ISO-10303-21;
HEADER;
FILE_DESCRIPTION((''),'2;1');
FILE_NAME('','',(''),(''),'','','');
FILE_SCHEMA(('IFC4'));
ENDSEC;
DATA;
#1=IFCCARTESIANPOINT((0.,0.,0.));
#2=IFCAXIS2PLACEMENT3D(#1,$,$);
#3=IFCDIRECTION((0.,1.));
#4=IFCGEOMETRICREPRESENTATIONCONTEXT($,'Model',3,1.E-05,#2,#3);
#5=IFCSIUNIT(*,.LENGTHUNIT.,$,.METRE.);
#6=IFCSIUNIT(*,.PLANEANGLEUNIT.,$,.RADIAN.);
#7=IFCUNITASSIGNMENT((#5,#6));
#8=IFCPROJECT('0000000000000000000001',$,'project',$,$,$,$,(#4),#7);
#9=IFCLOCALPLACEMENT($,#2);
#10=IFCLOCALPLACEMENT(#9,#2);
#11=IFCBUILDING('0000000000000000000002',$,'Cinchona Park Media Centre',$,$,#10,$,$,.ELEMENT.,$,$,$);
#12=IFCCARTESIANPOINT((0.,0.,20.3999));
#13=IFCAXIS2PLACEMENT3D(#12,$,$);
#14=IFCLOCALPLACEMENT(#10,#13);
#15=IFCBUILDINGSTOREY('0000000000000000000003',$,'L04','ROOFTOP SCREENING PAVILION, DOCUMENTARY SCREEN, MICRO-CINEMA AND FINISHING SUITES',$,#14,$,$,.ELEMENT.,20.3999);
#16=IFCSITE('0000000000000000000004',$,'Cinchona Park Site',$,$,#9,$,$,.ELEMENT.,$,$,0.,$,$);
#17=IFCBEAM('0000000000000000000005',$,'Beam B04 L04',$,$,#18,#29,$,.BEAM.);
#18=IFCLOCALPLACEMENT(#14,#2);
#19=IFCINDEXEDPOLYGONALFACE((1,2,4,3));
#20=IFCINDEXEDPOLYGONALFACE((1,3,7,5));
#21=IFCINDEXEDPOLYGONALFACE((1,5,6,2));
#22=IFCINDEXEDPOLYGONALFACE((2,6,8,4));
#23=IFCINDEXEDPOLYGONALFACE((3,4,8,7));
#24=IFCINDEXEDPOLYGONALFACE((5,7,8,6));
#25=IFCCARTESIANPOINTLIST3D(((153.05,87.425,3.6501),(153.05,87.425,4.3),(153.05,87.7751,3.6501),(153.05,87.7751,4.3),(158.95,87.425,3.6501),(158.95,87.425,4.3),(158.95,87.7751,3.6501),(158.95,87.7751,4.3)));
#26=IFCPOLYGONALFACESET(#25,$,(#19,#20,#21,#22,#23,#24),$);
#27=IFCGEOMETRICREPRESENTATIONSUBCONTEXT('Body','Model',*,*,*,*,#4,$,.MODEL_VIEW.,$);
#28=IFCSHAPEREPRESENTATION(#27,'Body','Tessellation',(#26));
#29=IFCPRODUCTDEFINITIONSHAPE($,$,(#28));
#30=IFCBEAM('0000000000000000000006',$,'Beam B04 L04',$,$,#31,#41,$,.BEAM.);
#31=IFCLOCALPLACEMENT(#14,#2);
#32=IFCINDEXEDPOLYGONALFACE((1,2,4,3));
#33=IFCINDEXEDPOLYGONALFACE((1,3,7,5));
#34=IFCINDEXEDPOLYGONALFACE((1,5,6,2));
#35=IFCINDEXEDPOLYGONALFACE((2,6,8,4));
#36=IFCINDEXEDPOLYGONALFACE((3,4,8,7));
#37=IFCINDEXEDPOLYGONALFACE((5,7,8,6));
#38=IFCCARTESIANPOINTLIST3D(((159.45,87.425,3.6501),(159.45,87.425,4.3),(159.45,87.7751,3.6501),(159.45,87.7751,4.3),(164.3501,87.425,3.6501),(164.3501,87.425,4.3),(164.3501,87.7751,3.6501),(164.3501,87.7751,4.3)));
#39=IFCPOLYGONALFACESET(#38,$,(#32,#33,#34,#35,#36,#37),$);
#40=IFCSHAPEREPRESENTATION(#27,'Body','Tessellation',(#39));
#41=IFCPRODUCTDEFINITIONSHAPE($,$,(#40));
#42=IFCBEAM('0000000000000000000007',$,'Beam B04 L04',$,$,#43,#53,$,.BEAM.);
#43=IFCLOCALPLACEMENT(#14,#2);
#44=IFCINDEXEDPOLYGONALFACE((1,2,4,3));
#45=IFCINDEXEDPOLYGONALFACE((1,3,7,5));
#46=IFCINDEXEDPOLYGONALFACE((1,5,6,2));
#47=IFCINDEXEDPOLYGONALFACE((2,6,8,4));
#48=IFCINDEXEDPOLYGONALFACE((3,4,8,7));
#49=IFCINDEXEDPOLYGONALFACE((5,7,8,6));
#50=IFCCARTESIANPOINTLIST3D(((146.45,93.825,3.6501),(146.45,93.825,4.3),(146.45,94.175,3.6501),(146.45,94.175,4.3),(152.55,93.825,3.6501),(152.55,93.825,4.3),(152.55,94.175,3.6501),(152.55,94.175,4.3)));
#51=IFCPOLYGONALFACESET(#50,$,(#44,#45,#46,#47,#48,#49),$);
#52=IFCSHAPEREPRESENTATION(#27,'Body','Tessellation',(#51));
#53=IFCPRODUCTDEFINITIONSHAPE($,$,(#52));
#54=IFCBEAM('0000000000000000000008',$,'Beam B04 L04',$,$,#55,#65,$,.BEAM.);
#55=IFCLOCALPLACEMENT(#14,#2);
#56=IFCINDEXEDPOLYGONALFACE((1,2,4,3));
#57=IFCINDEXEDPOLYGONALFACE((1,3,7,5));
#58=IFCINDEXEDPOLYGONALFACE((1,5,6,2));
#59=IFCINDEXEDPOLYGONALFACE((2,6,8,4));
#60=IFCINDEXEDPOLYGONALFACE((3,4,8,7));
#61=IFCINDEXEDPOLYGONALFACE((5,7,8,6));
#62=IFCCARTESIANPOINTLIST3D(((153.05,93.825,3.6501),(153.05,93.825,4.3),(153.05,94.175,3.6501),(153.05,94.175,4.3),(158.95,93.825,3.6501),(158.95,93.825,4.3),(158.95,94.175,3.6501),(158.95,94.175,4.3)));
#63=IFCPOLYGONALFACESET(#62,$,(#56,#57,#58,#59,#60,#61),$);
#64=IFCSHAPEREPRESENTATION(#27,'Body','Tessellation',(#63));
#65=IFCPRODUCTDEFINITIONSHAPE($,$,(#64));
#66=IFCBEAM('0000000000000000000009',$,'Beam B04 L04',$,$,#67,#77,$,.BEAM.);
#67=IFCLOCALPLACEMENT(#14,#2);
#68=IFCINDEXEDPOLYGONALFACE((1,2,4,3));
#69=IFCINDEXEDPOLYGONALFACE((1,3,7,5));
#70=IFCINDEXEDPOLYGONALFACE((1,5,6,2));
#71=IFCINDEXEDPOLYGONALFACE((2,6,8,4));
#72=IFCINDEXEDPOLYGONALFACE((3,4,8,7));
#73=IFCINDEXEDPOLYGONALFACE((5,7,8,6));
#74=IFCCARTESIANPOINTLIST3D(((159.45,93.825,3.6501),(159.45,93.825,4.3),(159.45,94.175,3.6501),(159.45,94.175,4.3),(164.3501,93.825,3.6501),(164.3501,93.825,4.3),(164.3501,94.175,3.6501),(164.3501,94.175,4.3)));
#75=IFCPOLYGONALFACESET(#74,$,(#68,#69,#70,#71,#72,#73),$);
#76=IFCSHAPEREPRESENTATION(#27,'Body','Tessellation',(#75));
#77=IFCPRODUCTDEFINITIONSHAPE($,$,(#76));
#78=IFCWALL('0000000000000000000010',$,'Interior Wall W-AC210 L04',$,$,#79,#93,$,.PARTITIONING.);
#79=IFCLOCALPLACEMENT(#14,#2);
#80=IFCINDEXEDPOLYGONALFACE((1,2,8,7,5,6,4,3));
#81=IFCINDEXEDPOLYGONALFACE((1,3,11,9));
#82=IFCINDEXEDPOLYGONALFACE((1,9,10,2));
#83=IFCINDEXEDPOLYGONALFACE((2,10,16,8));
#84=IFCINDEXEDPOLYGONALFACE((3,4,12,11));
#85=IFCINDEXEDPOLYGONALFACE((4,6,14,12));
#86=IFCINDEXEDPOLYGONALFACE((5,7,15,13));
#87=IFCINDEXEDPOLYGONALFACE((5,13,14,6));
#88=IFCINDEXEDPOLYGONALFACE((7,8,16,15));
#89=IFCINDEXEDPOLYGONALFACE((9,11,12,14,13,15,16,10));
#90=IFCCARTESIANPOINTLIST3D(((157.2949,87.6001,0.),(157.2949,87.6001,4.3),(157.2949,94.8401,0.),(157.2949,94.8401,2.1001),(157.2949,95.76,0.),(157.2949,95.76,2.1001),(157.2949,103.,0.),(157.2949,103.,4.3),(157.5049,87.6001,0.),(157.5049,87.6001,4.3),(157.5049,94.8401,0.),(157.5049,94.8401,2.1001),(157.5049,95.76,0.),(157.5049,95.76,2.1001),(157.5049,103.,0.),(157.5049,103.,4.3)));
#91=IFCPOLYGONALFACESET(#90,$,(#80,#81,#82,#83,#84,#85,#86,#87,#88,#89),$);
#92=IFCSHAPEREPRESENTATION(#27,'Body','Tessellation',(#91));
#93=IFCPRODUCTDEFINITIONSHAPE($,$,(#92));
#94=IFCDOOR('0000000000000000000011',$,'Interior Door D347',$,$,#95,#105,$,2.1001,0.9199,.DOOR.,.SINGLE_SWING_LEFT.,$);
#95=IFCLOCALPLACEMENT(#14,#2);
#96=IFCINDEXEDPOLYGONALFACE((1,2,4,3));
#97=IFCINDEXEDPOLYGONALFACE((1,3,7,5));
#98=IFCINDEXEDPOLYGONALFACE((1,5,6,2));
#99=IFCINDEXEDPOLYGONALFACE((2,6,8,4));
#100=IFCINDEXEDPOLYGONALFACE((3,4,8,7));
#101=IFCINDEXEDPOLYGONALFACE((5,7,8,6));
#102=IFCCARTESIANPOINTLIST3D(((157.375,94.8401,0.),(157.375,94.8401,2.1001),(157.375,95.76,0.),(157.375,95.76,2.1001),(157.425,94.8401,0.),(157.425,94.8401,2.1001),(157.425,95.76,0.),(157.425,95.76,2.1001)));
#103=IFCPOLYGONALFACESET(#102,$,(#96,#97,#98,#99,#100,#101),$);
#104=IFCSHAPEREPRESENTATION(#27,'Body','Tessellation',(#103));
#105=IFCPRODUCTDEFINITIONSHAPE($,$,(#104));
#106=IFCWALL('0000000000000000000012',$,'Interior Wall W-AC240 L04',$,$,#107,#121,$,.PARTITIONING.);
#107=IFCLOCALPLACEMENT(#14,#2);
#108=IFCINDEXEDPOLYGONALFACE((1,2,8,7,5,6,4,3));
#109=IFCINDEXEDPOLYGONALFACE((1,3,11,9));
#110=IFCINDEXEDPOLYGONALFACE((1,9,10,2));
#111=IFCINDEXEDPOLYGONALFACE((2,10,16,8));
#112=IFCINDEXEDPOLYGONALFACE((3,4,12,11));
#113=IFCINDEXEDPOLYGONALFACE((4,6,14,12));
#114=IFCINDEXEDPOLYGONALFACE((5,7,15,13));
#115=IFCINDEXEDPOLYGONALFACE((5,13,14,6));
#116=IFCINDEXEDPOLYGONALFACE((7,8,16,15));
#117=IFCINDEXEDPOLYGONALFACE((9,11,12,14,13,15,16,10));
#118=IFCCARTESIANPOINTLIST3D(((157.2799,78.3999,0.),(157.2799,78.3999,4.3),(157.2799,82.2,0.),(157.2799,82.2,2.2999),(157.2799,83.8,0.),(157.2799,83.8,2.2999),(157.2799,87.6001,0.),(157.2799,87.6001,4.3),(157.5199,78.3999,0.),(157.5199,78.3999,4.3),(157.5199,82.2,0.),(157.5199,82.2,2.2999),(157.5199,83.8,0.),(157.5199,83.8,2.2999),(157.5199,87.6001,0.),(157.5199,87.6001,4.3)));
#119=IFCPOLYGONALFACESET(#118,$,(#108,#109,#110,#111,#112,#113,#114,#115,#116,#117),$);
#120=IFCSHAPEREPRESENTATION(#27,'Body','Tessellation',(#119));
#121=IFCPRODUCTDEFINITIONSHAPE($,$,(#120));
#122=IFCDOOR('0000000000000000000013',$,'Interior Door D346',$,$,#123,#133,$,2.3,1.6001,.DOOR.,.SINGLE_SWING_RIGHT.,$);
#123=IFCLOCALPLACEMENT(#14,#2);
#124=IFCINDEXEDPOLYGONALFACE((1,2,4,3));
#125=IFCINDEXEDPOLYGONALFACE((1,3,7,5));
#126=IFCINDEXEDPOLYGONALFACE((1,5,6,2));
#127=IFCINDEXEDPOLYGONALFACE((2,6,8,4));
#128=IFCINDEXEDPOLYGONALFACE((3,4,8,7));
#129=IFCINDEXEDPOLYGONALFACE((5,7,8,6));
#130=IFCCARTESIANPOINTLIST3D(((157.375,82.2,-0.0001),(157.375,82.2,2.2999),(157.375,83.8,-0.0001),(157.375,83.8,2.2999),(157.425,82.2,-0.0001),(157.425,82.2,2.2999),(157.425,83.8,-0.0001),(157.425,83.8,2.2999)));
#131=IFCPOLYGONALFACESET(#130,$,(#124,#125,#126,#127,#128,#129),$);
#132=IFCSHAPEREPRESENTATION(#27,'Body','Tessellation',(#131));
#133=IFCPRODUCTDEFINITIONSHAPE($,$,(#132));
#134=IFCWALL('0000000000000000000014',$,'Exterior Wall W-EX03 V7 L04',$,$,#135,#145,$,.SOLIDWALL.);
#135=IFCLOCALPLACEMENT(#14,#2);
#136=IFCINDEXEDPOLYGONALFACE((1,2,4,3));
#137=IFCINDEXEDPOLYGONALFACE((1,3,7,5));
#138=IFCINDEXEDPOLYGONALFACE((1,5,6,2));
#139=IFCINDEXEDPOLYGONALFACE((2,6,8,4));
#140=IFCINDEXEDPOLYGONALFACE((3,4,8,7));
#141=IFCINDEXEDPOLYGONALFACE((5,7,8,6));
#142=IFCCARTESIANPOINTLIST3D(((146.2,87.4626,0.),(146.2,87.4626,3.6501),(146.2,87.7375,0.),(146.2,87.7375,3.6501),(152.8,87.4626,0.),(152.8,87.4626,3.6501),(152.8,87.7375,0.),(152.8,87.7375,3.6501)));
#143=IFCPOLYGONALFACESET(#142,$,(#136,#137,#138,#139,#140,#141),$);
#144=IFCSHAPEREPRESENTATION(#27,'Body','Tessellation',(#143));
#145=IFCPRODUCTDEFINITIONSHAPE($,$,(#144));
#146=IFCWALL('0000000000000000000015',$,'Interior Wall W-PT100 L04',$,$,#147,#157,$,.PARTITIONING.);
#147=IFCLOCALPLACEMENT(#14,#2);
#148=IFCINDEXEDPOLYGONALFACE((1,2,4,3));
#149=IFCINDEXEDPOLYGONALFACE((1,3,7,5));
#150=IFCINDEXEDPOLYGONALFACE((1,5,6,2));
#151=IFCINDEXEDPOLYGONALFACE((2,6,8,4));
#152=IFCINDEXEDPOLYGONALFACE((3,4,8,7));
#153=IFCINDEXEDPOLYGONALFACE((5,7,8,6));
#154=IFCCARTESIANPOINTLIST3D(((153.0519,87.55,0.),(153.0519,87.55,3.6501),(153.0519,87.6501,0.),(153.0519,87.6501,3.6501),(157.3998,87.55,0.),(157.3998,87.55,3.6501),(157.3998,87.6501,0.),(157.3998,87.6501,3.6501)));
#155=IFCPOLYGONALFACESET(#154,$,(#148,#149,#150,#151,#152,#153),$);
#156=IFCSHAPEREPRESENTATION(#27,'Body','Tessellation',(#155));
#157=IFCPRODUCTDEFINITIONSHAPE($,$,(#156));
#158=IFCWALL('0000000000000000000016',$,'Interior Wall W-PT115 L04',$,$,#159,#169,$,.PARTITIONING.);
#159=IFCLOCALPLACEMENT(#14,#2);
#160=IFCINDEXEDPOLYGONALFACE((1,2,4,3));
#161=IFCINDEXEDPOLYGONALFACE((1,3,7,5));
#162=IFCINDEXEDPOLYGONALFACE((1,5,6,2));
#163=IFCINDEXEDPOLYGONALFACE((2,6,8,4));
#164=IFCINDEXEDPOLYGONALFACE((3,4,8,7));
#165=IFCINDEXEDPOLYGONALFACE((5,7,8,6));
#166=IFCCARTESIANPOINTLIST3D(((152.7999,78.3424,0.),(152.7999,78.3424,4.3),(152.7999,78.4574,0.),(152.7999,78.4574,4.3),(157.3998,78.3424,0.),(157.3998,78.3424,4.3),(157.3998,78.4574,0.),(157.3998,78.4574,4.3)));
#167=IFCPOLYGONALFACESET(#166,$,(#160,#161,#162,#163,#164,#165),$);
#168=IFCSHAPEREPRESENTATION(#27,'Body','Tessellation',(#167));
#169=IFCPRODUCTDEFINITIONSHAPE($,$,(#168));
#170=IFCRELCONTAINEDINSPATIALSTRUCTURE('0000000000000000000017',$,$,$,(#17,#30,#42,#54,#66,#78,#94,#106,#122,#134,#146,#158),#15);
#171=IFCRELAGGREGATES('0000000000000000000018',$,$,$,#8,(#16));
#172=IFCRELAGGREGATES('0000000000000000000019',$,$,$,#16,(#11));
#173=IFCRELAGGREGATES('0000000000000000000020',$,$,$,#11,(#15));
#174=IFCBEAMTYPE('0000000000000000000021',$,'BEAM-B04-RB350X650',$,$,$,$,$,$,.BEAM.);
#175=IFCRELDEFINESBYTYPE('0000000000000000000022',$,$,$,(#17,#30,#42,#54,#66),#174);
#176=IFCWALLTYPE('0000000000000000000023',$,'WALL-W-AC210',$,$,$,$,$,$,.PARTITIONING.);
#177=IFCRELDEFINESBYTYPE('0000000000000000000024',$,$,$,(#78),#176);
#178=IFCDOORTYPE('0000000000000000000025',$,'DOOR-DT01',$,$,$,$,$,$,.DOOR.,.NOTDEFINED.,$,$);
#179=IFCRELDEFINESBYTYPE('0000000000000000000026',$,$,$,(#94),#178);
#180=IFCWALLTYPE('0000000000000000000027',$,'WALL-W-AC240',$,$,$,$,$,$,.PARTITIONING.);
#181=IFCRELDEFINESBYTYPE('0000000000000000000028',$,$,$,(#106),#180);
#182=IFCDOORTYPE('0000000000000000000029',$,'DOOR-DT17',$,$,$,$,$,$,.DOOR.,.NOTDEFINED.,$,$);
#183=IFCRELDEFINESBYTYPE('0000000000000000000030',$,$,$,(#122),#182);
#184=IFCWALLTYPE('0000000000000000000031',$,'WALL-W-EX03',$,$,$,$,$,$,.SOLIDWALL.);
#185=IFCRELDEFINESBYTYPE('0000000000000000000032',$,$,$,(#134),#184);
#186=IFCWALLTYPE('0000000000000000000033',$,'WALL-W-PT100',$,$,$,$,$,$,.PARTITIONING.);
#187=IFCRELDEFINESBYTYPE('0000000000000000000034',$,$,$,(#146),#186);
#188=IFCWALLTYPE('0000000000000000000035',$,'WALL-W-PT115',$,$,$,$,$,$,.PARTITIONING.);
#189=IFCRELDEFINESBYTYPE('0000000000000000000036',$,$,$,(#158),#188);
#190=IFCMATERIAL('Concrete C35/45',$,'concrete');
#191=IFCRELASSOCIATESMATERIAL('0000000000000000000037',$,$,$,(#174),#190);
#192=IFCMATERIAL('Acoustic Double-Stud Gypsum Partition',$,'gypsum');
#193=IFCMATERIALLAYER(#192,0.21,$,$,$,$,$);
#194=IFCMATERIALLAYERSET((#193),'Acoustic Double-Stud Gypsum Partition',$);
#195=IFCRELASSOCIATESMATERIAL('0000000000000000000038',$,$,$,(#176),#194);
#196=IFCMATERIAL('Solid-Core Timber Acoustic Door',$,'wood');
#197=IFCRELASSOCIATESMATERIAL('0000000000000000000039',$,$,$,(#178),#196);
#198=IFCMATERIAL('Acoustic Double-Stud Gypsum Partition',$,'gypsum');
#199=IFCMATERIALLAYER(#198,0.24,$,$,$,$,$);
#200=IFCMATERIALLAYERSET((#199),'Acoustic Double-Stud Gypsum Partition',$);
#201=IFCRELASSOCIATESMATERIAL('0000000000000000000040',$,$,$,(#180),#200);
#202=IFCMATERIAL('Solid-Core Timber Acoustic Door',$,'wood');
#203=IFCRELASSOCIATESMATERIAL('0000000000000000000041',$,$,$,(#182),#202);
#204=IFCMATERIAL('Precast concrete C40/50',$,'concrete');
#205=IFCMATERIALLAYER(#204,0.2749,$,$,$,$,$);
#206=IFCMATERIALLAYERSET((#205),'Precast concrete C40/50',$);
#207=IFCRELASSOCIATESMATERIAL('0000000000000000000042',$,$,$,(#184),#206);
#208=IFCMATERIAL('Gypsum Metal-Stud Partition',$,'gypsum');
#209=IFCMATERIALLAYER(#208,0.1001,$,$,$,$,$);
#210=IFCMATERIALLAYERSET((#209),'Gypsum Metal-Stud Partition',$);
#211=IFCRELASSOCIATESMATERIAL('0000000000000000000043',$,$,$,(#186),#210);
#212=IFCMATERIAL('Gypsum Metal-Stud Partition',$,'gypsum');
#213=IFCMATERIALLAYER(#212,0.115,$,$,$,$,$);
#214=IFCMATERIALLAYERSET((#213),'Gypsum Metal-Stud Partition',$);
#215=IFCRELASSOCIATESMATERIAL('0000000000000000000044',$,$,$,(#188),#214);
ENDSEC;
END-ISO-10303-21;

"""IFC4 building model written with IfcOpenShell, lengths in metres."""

from ifc_helpers import new_model, si_unit, direction, frame, frame_2d, origin, origin_2d, place, context, subcontext, project, spatial, rectangle, extrude, material, layer, layer_set, material_profile, profile_set, type_object, element, fill, save


model = new_model("IFC4")

# Units and contexts
model_context = context("Model", 3, precision=1e-05, world=origin(), true_north=direction((0.0, 1.0)))
body_context = subcontext(model_context, "Body", "Model", "MODEL_VIEW")
ifc_project = project(units=[si_unit("LENGTHUNIT", "METRE"), si_unit("PLANEANGLEUNIT", "RADIAN")], contexts=[model_context])

# Site, building, storey
site_placement = place(None, origin())
site = spatial("IfcSite", under=ifc_project, at=site_placement, Name="Cinchona Park Site", CompositionType="ELEMENT", RefElevation=0.0)
building_placement = place(site_placement, origin())
building = spatial("IfcBuilding", under=site, at=building_placement, Name="Cinchona Park Media Centre", CompositionType="ELEMENT")
storey_placement = place(building_placement, frame((0.0, 0.0, 20.3999)))
storey = spatial("IfcBuildingStorey", under=building, at=storey_placement, Name="L04", Description="ROOFTOP SCREENING PAVILION, DOCUMENTARY SCREEN, MICRO-CINEMA AND FINISHING SUITES", CompositionType="ELEMENT", Elevation=20.3999)

# Beams
ifc_material_1 = material(Name="Concrete C35/45", Category="concrete")
ifc_material_profile_1 = material_profile(ifc_material_1, rectangle(XDim=0.3501, YDim=0.6499, at=origin_2d()), Name="RB 350X650")
ifc_profile_set_1 = profile_set([ifc_material_profile_1], Name="Concrete C35/45")
beam_type_1 = type_object("IfcBeamType", Name="BEAM-B04-RB350X650", PredefinedType="BEAM", material=ifc_profile_set_1)
beam_1_placement = place(storey_placement, frame((153.05, 87.6001, 3.9751), z_axis=(1.0, 0.0, 0.0), x_axis=(0.0, 1.0, 0.0)))
element("IfcBeam", 1, at=beam_1_placement, inside=storey, type_object=beam_type_1, Name="Beam B04 L04", PredefinedType="BEAM", context=body_context, shape_type="SweptSolid", body=[
    extrude(rectangle(XDim=0.3501, YDim=0.6499, at=origin_2d()), origin(), (0.0, 0.0, 1.0), 5.8999),
])
beam_2_placement = place(storey_placement, frame((159.45, 87.6001, 3.9751), z_axis=(1.0, 0.0, 0.0), x_axis=(0.0, 1.0, 0.0)))
element("IfcBeam", 2, at=beam_2_placement, inside=storey, type_object=beam_type_1, Name="Beam B04 L04", PredefinedType="BEAM", context=body_context, shape_type="SweptSolid", body=[
    extrude(rectangle(XDim=0.3501, YDim=0.6499, at=origin_2d()), origin(), (0.0, 0.0, 1.0), 4.9001),
])
beam_3_placement = place(storey_placement, frame((146.45, 94.0, 3.9751), z_axis=(1.0, 0.0, 0.0), x_axis=(0.0, 1.0, 0.0)))
element("IfcBeam", 3, at=beam_3_placement, inside=storey, type_object=beam_type_1, Name="Beam B04 L04", PredefinedType="BEAM", context=body_context, shape_type="SweptSolid", body=[
    extrude(rectangle(XDim=0.3501, YDim=0.6499, at=origin_2d()), origin(), (0.0, 0.0, 1.0), 6.1001),
])
beam_4_placement = place(storey_placement, frame((153.05, 94.0, 3.9751), z_axis=(1.0, 0.0, 0.0), x_axis=(0.0, 1.0, 0.0)))
element("IfcBeam", 4, at=beam_4_placement, inside=storey, type_object=beam_type_1, Name="Beam B04 L04", PredefinedType="BEAM", context=body_context, shape_type="SweptSolid", body=[
    extrude(rectangle(XDim=0.3501, YDim=0.6499, at=origin_2d()), origin(), (0.0, 0.0, 1.0), 5.8999),
])
beam_5_placement = place(storey_placement, frame((159.45, 94.0, 3.9751), z_axis=(1.0, 0.0, 0.0), x_axis=(0.0, 1.0, 0.0)))
element("IfcBeam", 5, at=beam_5_placement, inside=storey, type_object=beam_type_1, Name="Beam B04 L04", PredefinedType="BEAM", context=body_context, shape_type="SweptSolid", body=[
    extrude(rectangle(XDim=0.3501, YDim=0.6499, at=origin_2d()), origin(), (0.0, 0.0, 1.0), 4.9001),
])

# Walls, openings, doors
ifc_material_2 = material(Name="Acoustic Double-Stud Gypsum Partition", Category="gypsum")
ifc_layer_1 = layer(ifc_material_2, 0.21)
ifc_layer_set_1 = layer_set([ifc_layer_1], Name="Acoustic Double-Stud Gypsum Partition")
wall_type_1 = type_object("IfcWallType", Name="WALL-W-AC210", PredefinedType="PARTITIONING", material=ifc_layer_set_1)
wall_1_placement = place(storey_placement, frame((157.3999, 87.6001, 0.0), z_axis=(0.0, 0.0, 1.0), x_axis=(0.0, 1.0, 0.0)))
wall_1 = element("IfcWall", 6, at=wall_1_placement, inside=storey, type_object=wall_type_1, Name="Interior Wall W-AC210 L04", PredefinedType="PARTITIONING", context=body_context, shape_type="SweptSolid", body=[
    extrude(rectangle(XDim=15.3999, YDim=0.21, at=frame_2d((7.7, 0.0))), origin(), (0.0, 0.0, 1.0), 4.3),
])
opening_1_placement = place(wall_1_placement, frame((7.24, 0.0, 0.0)))
opening_1 = element("IfcOpeningElement", 7, at=opening_1_placement, cuts=wall_1, PredefinedType="OPENING", context=body_context, shape_type="SweptSolid", body=[
    extrude(rectangle(XDim=0.9199, YDim=2.1001, at=frame_2d((0.46, 1.05))), frame((0.0, 0.115, 0.0), z_axis=(0.0, -1.0, 0.0), x_axis=(1.0, 0.0, 0.0)), (0.0, 0.0, 1.0), 0.23),
])
ifc_material_3 = material(Name="Solid-Core Timber Acoustic Door", Category="wood")
door_type_1 = type_object("IfcDoorType", Name="DOOR-DT01", OperationType="NOTDEFINED", PredefinedType="DOOR", material=ifc_material_3)
door_1_placement = place(opening_1_placement, origin())
door_1 = element("IfcDoor", 8, at=door_1_placement, inside=storey, type_object=door_type_1, Name="Interior Door D347", OperationType="SINGLE_SWING_LEFT", OverallHeight=2.1001, OverallWidth=0.9199, PredefinedType="DOOR", context=body_context, shape_type="SweptSolid", body=[
    extrude(rectangle(XDim=0.9199, YDim=2.1001, at=frame_2d((0.46, 1.05))), frame((0.0, 0.0249, 0.0), z_axis=(0.0, -1.0, 0.0), x_axis=(1.0, 0.0, 0.0)), (0.0, 0.0, 1.0), 0.05),
])
fill(opening_1, door_1)
ifc_material_4 = material(Name="Acoustic Double-Stud Gypsum Partition", Category="gypsum")
ifc_layer_2 = layer(ifc_material_4, 0.24)
ifc_layer_set_2 = layer_set([ifc_layer_2], Name="Acoustic Double-Stud Gypsum Partition")
wall_type_2 = type_object("IfcWallType", Name="WALL-W-AC240", PredefinedType="PARTITIONING", material=ifc_layer_set_2)
wall_2_placement = place(storey_placement, frame((157.3999, 78.3999, 0.0), z_axis=(0.0, 0.0, 1.0), x_axis=(0.0, 1.0, 0.0)))
wall_2 = element("IfcWall", 9, at=wall_2_placement, inside=storey, type_object=wall_type_2, Name="Interior Wall W-AC240 L04", PredefinedType="PARTITIONING", context=body_context, shape_type="SweptSolid", body=[
    extrude(rectangle(XDim=9.2002, YDim=0.24, at=frame_2d((4.6001, 0.0))), origin(), (0.0, 0.0, 1.0), 4.3),
])
opening_2_placement = place(wall_2_placement, frame((3.8, 0.0, 0.0)))
opening_2 = element("IfcOpeningElement", 10, at=opening_2_placement, cuts=wall_2, PredefinedType="OPENING", context=body_context, shape_type="SweptSolid", body=[
    extrude(rectangle(XDim=1.6001, YDim=2.3, at=frame_2d((0.8, 1.1499))), frame((0.0, 0.1299, 0.0), z_axis=(0.0, -1.0, 0.0), x_axis=(1.0, 0.0, 0.0)), (0.0, 0.0, 1.0), 0.26),
])
ifc_material_5 = material(Name="Solid-Core Timber Acoustic Door", Category="wood")
door_type_2 = type_object("IfcDoorType", Name="DOOR-DT17", OperationType="NOTDEFINED", PredefinedType="DOOR", material=ifc_material_5)
door_2_placement = place(opening_2_placement, origin())
door_2 = element("IfcDoor", 11, at=door_2_placement, inside=storey, type_object=door_type_2, Name="Interior Door D346", OperationType="SINGLE_SWING_RIGHT", OverallHeight=2.3, OverallWidth=1.6001, PredefinedType="DOOR", context=body_context, shape_type="SweptSolid", body=[
    extrude(rectangle(XDim=1.6001, YDim=2.3, at=frame_2d((0.8, 1.1499))), frame((0.0, 0.0249, 0.0), z_axis=(0.0, -1.0, 0.0), x_axis=(1.0, 0.0, 0.0)), (0.0, 0.0, 1.0), 0.05),
])
fill(opening_2, door_2)

# Walls
ifc_material_6 = material(Name="Precast concrete C40/50", Category="concrete")
ifc_layer_3 = layer(ifc_material_6, 0.2749)
ifc_layer_set_3 = layer_set([ifc_layer_3], Name="Precast concrete C40/50")
wall_type_3 = type_object("IfcWallType", Name="WALL-W-EX03", PredefinedType="SOLIDWALL", material=ifc_layer_set_3)
wall_3_placement = place(storey_placement, frame((152.8, 87.6001, 0.0), z_axis=(0.0, 0.0, 1.0), x_axis=(-1.0, 0.0, 0.0)))
element("IfcWall", 12, at=wall_3_placement, inside=storey, type_object=wall_type_3, Name="Exterior Wall W-EX03 V7 L04", PredefinedType="SOLIDWALL", context=body_context, shape_type="SweptSolid", body=[
    extrude(rectangle(XDim=6.6001, YDim=0.2749, at=frame_2d((3.3, 0.0))), origin(), (0.0, 0.0, 1.0), 3.6501),
])
ifc_material_7 = material(Name="Gypsum Metal-Stud Partition", Category="gypsum")
ifc_layer_4 = layer(ifc_material_7, 0.1001)
ifc_layer_set_4 = layer_set([ifc_layer_4], Name="Gypsum Metal-Stud Partition")
wall_type_4 = type_object("IfcWallType", Name="WALL-W-PT100", PredefinedType="PARTITIONING", material=ifc_layer_set_4)
wall_4_placement = place(storey_placement, frame((153.052, 87.6001, 0.0), z_axis=(0.0, 0.0, 1.0), x_axis=(1.0, 0.0, 0.0)))
element("IfcWall", 13, at=wall_4_placement, inside=storey, type_object=wall_type_4, Name="Interior Wall W-PT100 L04", PredefinedType="PARTITIONING", context=body_context, shape_type="SweptSolid", body=[
    extrude(rectangle(XDim=4.3479, YDim=0.1001, at=frame_2d((2.1738, 0.0))), origin(), (0.0, 0.0, 1.0), 3.6501),
])
ifc_material_8 = material(Name="Gypsum Metal-Stud Partition", Category="gypsum")
ifc_layer_5 = layer(ifc_material_8, 0.115)
ifc_layer_set_5 = layer_set([ifc_layer_5], Name="Gypsum Metal-Stud Partition")
wall_type_5 = type_object("IfcWallType", Name="WALL-W-PT115", PredefinedType="PARTITIONING", material=ifc_layer_set_5)
wall_5_placement = place(storey_placement, frame((152.8, 78.3999, 0.0), z_axis=(0.0, 0.0, 1.0), x_axis=(1.0, 0.0, 0.0)))
element("IfcWall", 14, at=wall_5_placement, inside=storey, type_object=wall_type_5, Name="Interior Wall W-PT115 L04", PredefinedType="PARTITIONING", context=body_context, shape_type="SweptSolid", body=[
    extrude(rectangle(XDim=4.5999, YDim=0.115, at=frame_2d((2.2998, 0.0))), origin(), (0.0, 0.0, 1.0), 4.3),
])

save(model, "model.ifc")
